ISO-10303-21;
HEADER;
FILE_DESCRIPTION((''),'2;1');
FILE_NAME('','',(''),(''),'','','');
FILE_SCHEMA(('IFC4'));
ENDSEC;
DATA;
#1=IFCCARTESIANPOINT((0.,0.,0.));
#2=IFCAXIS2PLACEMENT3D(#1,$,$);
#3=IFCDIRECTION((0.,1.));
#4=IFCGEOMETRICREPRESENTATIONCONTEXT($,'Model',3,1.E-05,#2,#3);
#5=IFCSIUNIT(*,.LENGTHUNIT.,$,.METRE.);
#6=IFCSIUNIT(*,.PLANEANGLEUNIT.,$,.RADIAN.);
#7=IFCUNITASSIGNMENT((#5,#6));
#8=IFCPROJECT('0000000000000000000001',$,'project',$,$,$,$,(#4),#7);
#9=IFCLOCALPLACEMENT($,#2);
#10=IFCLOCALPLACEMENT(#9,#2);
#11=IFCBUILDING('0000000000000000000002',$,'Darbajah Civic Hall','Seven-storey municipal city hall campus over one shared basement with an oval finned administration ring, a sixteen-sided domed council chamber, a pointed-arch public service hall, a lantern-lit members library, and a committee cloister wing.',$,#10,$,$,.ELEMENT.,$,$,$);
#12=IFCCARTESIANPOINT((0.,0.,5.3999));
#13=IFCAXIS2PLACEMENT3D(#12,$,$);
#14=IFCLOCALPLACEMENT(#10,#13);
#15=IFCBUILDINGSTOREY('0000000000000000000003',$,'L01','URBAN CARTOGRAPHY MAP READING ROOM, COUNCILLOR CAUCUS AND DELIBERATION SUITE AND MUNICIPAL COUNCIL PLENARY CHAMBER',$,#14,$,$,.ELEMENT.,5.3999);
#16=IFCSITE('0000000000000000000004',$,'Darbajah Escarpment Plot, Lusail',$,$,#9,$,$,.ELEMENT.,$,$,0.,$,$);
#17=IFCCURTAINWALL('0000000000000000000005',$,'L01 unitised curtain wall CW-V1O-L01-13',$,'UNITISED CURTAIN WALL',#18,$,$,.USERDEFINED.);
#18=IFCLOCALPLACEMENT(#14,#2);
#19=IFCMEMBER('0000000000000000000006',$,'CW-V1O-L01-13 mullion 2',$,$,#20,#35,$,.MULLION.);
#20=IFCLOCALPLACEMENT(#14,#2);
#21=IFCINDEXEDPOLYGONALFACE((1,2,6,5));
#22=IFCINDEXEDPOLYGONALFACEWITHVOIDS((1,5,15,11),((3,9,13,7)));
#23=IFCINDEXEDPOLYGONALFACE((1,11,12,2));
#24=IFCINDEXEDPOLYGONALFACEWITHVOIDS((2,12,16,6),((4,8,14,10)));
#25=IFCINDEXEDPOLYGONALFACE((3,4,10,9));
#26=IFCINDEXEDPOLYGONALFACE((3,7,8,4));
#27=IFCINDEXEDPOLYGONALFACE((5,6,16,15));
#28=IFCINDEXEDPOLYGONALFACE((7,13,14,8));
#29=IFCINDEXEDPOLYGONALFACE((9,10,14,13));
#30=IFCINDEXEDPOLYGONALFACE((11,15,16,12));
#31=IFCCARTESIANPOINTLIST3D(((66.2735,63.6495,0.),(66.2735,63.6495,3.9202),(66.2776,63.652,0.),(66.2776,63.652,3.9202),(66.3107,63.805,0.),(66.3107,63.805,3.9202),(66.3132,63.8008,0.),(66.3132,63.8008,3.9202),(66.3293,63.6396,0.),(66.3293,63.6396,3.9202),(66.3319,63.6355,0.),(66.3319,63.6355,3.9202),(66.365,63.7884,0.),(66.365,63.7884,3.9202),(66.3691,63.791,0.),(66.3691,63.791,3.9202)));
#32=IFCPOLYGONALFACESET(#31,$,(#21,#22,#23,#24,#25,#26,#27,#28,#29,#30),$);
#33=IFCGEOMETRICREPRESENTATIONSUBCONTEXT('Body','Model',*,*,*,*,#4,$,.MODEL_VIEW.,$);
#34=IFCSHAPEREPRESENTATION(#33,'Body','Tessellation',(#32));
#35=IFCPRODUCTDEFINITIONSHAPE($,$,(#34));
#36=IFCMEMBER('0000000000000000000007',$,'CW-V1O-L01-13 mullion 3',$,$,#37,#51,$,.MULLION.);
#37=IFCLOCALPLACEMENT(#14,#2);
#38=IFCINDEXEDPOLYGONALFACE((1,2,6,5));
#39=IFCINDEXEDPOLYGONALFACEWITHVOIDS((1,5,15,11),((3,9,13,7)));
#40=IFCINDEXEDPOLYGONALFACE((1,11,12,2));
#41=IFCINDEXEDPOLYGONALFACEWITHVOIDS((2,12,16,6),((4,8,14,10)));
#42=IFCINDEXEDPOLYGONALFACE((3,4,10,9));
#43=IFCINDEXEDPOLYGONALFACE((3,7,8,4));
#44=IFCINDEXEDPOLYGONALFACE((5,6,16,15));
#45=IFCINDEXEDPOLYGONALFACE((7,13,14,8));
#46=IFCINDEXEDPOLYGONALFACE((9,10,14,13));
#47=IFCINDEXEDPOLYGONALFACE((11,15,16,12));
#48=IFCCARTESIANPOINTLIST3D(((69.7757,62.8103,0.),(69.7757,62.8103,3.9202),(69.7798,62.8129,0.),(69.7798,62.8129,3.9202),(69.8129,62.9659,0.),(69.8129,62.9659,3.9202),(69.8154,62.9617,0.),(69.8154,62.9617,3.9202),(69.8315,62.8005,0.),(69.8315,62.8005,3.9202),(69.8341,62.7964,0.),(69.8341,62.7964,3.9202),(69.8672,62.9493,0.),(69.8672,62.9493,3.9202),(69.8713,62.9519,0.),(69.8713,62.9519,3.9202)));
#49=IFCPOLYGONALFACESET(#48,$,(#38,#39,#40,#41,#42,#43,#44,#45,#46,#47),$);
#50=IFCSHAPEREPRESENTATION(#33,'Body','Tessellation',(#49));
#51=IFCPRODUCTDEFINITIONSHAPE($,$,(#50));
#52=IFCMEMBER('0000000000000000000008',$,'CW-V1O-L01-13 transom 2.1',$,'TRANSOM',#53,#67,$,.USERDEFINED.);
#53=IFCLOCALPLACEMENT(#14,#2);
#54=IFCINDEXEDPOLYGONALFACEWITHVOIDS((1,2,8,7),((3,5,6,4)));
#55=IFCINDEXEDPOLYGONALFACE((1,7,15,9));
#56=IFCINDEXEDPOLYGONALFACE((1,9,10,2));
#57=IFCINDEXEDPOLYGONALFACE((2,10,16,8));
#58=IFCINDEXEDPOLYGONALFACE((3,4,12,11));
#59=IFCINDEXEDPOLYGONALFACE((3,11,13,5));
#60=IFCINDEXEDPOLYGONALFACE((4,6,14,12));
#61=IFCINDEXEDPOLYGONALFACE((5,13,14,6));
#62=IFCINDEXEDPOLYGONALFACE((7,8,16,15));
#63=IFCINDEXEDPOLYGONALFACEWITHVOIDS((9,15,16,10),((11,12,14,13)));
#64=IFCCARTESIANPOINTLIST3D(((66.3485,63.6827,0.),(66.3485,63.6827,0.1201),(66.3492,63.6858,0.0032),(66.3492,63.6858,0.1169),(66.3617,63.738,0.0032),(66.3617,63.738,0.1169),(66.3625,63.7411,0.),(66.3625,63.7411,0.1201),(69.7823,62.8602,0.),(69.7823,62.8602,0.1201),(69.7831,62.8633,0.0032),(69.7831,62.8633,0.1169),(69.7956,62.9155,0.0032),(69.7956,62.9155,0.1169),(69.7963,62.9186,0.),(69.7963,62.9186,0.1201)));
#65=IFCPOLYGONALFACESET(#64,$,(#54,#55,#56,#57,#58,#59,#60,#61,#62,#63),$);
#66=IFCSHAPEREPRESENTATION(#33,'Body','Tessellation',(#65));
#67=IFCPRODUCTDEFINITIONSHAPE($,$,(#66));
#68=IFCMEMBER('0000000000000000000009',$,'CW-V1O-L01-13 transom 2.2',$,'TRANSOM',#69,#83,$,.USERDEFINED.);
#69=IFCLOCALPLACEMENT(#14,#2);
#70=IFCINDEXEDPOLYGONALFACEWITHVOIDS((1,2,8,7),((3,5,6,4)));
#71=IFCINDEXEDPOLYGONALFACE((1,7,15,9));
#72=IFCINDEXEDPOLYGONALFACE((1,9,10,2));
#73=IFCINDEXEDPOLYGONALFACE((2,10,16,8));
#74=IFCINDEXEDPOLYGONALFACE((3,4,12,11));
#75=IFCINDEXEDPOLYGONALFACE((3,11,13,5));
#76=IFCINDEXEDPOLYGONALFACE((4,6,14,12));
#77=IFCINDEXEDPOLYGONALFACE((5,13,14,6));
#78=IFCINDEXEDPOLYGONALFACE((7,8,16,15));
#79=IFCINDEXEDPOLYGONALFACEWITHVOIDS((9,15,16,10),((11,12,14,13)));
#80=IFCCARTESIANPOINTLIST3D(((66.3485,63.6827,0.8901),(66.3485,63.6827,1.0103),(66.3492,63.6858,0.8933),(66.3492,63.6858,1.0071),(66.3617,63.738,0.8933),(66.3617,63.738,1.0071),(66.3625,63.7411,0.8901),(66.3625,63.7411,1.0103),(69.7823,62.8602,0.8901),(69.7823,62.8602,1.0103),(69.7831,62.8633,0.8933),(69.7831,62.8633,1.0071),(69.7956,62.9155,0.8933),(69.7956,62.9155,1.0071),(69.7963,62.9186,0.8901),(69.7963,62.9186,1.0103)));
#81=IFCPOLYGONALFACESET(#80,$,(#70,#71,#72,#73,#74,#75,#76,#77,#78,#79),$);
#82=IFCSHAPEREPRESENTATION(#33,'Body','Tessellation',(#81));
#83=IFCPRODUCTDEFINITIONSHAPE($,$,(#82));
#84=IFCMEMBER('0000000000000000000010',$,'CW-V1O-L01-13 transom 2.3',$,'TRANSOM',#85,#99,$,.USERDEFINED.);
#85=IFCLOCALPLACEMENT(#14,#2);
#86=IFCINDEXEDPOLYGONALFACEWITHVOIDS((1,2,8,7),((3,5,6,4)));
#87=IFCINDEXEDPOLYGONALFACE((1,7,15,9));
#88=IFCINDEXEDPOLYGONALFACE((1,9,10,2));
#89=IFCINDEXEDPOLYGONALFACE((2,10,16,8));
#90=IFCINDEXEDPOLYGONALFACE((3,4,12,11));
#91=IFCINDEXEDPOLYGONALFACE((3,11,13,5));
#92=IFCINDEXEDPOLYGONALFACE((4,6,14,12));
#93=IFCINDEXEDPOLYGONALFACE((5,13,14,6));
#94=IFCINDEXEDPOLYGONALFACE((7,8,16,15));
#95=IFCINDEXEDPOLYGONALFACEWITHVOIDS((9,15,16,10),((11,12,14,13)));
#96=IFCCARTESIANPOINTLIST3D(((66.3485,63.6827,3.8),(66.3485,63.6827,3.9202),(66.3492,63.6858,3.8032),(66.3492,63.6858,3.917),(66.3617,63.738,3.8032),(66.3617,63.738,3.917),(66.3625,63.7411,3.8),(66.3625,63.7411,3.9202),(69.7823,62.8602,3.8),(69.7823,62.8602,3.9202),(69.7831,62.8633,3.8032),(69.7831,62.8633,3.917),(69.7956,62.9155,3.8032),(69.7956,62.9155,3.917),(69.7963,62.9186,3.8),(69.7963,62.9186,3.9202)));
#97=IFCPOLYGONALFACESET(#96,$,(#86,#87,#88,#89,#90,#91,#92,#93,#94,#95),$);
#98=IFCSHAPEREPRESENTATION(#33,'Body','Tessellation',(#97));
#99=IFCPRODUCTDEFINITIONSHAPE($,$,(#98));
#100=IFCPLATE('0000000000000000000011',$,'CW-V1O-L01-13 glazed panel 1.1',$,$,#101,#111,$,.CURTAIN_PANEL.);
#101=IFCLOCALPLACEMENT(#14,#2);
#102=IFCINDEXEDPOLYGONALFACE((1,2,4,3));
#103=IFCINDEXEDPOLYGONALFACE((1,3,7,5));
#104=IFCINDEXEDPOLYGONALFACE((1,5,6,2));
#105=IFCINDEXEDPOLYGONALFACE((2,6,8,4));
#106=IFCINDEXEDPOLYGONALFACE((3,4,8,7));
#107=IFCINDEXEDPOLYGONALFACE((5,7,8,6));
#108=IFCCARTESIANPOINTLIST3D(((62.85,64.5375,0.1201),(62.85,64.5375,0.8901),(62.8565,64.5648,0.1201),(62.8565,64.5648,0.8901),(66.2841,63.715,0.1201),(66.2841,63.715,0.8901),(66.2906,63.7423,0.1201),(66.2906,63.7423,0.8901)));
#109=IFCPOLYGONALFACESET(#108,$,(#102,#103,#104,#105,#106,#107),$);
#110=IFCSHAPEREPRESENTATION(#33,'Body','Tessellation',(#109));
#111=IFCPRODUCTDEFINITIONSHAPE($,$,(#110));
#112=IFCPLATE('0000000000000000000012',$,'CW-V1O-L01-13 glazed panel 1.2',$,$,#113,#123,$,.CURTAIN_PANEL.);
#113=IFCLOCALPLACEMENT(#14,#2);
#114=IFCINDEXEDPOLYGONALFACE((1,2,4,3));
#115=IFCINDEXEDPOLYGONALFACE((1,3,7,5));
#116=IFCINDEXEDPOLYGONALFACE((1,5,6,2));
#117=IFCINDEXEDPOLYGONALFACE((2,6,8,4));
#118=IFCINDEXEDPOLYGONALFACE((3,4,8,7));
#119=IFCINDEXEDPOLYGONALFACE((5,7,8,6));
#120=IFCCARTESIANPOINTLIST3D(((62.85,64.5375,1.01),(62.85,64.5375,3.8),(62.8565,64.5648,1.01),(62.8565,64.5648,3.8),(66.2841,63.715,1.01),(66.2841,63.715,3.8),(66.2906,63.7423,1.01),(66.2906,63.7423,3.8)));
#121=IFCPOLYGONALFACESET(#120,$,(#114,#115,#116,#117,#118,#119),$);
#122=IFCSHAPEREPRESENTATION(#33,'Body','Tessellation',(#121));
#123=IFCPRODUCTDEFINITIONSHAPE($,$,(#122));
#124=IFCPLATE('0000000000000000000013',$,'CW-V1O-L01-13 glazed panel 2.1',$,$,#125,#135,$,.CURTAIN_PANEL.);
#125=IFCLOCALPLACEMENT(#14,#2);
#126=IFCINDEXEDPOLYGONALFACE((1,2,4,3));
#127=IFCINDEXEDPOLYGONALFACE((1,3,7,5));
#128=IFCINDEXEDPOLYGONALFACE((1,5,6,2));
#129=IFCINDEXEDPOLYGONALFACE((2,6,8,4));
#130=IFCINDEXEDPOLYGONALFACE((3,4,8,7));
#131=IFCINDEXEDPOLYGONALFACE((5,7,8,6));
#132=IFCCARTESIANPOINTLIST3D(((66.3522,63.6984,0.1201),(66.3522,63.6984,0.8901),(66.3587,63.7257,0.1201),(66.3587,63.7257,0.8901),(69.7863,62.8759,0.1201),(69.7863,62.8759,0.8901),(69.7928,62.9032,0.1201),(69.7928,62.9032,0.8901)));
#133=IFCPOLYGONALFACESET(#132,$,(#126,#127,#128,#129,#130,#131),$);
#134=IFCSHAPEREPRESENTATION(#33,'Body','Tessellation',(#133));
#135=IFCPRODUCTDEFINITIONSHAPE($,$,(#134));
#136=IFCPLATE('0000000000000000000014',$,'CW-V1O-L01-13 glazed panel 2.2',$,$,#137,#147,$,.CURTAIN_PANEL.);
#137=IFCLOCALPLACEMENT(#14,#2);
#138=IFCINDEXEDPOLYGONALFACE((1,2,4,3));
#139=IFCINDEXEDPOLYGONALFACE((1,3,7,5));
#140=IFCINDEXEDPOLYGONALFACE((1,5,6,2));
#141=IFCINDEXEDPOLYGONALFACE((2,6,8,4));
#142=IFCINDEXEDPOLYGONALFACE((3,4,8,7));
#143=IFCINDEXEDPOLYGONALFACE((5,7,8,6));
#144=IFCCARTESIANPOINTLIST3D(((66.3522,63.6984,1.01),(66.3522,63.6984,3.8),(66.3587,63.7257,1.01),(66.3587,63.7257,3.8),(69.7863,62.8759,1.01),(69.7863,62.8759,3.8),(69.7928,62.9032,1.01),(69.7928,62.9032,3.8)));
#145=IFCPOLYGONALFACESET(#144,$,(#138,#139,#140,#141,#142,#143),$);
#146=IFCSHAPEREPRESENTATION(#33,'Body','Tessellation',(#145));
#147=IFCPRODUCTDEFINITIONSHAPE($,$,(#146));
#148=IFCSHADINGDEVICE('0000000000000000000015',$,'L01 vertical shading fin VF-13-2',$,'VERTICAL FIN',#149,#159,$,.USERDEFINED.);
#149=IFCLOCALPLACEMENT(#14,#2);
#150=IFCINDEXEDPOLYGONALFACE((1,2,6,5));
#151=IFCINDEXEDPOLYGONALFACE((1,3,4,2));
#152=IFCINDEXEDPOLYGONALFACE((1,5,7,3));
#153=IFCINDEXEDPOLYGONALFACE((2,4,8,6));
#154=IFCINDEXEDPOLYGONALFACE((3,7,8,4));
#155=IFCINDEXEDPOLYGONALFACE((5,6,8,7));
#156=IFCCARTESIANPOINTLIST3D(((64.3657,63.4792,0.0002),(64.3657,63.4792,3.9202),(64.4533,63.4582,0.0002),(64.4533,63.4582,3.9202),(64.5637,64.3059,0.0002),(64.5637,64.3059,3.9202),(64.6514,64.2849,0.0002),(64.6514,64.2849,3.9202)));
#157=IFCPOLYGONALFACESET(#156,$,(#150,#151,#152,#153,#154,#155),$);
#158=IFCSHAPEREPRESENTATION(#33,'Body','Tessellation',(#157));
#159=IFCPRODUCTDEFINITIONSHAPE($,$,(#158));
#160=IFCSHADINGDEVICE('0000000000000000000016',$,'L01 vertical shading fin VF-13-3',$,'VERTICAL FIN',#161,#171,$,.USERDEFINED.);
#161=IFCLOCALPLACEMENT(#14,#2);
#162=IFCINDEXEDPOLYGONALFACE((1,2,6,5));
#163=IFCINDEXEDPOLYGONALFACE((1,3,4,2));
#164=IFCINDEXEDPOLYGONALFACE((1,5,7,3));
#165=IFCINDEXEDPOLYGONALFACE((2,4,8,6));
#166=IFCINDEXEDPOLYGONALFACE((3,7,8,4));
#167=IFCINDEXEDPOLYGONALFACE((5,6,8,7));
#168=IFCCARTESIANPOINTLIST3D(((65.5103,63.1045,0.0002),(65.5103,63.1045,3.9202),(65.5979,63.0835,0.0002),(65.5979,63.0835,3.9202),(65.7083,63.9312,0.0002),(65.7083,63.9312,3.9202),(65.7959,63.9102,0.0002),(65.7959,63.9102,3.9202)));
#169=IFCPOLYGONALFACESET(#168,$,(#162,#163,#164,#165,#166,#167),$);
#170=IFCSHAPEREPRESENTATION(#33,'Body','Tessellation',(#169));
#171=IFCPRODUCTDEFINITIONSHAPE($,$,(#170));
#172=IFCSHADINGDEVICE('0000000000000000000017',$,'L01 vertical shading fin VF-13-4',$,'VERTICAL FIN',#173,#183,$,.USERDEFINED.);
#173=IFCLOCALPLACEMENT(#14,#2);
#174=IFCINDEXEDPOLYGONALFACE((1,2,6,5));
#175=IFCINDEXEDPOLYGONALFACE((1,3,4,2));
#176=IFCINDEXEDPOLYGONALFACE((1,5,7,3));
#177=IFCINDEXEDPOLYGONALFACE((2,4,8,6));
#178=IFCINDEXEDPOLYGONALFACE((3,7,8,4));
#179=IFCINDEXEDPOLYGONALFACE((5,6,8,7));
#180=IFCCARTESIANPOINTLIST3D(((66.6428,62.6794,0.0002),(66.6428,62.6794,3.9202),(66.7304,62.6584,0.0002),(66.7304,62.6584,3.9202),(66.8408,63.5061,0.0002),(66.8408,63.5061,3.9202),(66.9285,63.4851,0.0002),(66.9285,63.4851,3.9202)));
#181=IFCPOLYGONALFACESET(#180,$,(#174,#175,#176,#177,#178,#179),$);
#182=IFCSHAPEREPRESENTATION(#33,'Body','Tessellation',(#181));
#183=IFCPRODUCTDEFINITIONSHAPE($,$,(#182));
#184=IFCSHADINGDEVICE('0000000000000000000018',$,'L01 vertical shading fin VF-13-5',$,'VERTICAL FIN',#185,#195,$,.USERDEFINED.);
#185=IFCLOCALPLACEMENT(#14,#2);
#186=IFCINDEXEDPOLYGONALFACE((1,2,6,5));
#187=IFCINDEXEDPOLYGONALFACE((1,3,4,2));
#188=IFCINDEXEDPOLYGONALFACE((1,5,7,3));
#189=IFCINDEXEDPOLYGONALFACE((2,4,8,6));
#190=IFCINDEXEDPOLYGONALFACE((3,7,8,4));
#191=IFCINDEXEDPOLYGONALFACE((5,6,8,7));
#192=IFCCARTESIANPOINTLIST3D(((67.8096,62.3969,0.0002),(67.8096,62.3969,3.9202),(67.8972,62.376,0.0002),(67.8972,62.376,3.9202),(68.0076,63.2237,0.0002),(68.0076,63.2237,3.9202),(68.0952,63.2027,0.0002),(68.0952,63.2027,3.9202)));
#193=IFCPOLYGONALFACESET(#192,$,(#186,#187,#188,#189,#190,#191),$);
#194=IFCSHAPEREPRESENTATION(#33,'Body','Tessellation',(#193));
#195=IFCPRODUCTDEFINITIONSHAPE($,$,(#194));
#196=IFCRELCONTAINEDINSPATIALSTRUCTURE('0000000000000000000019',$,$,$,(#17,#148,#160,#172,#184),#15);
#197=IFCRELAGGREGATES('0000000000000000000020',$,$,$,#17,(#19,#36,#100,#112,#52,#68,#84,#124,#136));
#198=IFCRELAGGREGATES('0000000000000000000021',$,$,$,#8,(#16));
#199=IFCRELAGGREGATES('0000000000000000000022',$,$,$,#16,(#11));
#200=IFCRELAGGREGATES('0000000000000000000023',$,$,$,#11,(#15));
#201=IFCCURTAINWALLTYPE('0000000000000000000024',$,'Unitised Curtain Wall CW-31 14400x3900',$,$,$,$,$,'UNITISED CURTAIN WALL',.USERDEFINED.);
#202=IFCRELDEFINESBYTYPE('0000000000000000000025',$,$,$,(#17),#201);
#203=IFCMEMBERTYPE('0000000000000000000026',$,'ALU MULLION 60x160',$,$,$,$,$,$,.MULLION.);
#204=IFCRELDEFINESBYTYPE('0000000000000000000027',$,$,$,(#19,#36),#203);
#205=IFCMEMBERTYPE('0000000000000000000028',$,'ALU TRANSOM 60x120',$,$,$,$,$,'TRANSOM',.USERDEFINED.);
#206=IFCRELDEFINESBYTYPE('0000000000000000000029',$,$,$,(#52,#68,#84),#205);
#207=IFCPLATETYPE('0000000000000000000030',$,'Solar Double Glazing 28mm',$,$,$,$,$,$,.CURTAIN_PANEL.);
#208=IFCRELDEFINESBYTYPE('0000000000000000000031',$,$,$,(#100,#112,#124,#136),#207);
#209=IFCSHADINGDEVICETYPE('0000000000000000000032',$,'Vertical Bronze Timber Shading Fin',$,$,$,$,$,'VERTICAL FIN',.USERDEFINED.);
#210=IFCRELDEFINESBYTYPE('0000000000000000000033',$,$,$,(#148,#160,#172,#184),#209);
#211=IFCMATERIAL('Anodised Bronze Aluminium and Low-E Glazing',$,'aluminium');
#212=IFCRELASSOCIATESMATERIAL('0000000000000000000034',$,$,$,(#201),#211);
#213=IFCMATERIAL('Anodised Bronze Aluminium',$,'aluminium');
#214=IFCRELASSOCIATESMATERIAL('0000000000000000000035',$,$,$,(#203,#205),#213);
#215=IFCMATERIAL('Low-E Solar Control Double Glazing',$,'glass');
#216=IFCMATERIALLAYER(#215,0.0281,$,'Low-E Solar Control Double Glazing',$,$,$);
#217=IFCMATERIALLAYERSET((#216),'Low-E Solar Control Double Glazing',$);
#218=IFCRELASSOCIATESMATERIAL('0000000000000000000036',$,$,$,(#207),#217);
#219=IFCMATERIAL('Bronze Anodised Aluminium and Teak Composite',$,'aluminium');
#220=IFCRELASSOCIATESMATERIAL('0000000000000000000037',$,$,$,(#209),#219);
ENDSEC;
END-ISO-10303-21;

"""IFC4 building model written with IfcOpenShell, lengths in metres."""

from ifc_helpers import new_model, si_unit, direction, frame, origin, origin_2d, place, context, subcontext, project, spatial, rectangle, hollow_rectangle, extrude, material, layer, layer_set, material_profile, profile_set, type_object, element, aggregate, save


model = new_model("IFC4")

# Units and contexts
model_context = context("Model", 3, precision=1e-05, world=origin(), true_north=direction((0.0, 1.0)))
body_context = subcontext(model_context, "Body", "Model", "MODEL_VIEW")
ifc_project = project(units=[si_unit("LENGTHUNIT", "METRE"), si_unit("PLANEANGLEUNIT", "RADIAN")], contexts=[model_context])

# Site, building, storey
site_placement = place(None, origin())
site = spatial("IfcSite", under=ifc_project, at=site_placement, Name="Darbajah Escarpment Plot, Lusail", CompositionType="ELEMENT", RefElevation=0.0)
building_placement = place(site_placement, origin())
building = spatial("IfcBuilding", under=site, at=building_placement, Name="Darbajah Civic Hall", Description="Seven-storey municipal city hall campus over one shared basement with an oval finned administration ring, a sixteen-sided domed council chamber, a pointed-arch public service hall, a lantern-lit members library, and a committee cloister wing.", CompositionType="ELEMENT")
storey_placement = place(building_placement, frame((0.0, 0.0, 5.3999)))
storey = spatial("IfcBuildingStorey", under=building, at=storey_placement, Name="L01", Description="URBAN CARTOGRAPHY MAP READING ROOM, COUNCILLOR CAUCUS AND DELIBERATION SUITE AND MUNICIPAL COUNCIL PLENARY CHAMBER", CompositionType="ELEMENT", Elevation=5.3999)

# Curtain wall, members, plates
ifc_material_1 = material(Name="Anodised Bronze Aluminium and Low-E Glazing", Category="aluminium")
curtain_wall_type = type_object("IfcCurtainWallType", Name="Unitised Curtain Wall CW-31 14400x3900", ElementType="UNITISED CURTAIN WALL", PredefinedType="USERDEFINED", material=ifc_material_1)
curtain_wall_placement = place(storey_placement, origin())
curtain_wall = element("IfcCurtainWall", 1, at=curtain_wall_placement, inside=storey, type_object=curtain_wall_type, Name="L01 unitised curtain wall CW-V1O-L01-13", ObjectType="UNITISED CURTAIN WALL", PredefinedType="USERDEFINED")
ifc_material_2 = material(Name="Anodised Bronze Aluminium", Category="aluminium")
ifc_material_profile_1 = material_profile(ifc_material_2, hollow_rectangle(XDim=0.0601, YDim=0.1599, WallThickness=0.0034, at=origin_2d()), Name="ALU MULLION 60x160")
ifc_profile_set_1 = profile_set([ifc_material_profile_1], Name="Anodised Bronze Aluminium")
member_type_1 = type_object("IfcMemberType", Name="ALU MULLION 60x160", PredefinedType="MULLION", material=ifc_profile_set_1)
member_1_placement = place(storey_placement, frame((66.3213, 63.7202, 0.0), z_axis=(0.0, 0.0, 1.0), x_axis=(0.972492, -0.232936, 0.0)))
member_1 = element("IfcMember", 2, at=member_1_placement, type_object=member_type_1, Name="CW-V1O-L01-13 mullion 2", PredefinedType="MULLION", context=body_context, shape_type="SweptSolid", body=[
    extrude(hollow_rectangle(XDim=0.0601, YDim=0.1599, WallThickness=0.0034, at=origin_2d()), origin(), (0.0, 0.0, 1.0), 3.9202),
])
member_2_placement = place(storey_placement, frame((69.8235, 62.8811, 0.0), z_axis=(0.0, 0.0, 1.0), x_axis=(0.972492, -0.232936, 0.0)))
member_2 = element("IfcMember", 3, at=member_2_placement, type_object=member_type_1, Name="CW-V1O-L01-13 mullion 3", PredefinedType="MULLION", context=body_context, shape_type="SweptSolid", body=[
    extrude(hollow_rectangle(XDim=0.0601, YDim=0.1599, WallThickness=0.0034, at=origin_2d()), origin(), (0.0, 0.0, 1.0), 3.9202),
])
ifc_material_profile_2 = material_profile(ifc_material_2, hollow_rectangle(XDim=0.0601, YDim=0.1201, WallThickness=0.0032, at=origin_2d()), Name="ALU TRANSOM 60x120")
ifc_profile_set_2 = profile_set([ifc_material_profile_2], Name="Anodised Bronze Aluminium")
member_type_2 = type_object("IfcMemberType", Name="ALU TRANSOM 60x120", ElementType="TRANSOM", PredefinedType="USERDEFINED", material=ifc_profile_set_2)
member_3_placement = place(storey_placement, frame((66.3555, 63.7119, 0.0601), z_axis=(0.972491, -0.232941, 0.0), x_axis=(0.232941, 0.972491, 0.0)))
member_3 = element("IfcMember", 4, at=member_3_placement, type_object=member_type_2, Name="CW-V1O-L01-13 transom 2.1", ObjectType="TRANSOM", PredefinedType="USERDEFINED", context=body_context, shape_type="SweptSolid", body=[
    extrude(hollow_rectangle(XDim=0.0601, YDim=0.1201, WallThickness=0.0032, at=origin_2d()), origin(), (0.0, 0.0, 1.0), 3.531),
])
member_4_placement = place(storey_placement, frame((66.3555, 63.7119, 0.9502), z_axis=(0.972491, -0.232941, 0.0), x_axis=(0.232941, 0.972491, 0.0)))
member_4 = element("IfcMember", 5, at=member_4_placement, type_object=member_type_2, Name="CW-V1O-L01-13 transom 2.2", ObjectType="TRANSOM", PredefinedType="USERDEFINED", context=body_context, shape_type="SweptSolid", body=[
    extrude(hollow_rectangle(XDim=0.0601, YDim=0.1201, WallThickness=0.0032, at=origin_2d()), origin(), (0.0, 0.0, 1.0), 3.531),
])
member_5_placement = place(storey_placement, frame((66.3555, 63.7119, 3.8601), z_axis=(0.972491, -0.232941, 0.0), x_axis=(0.232941, 0.972491, 0.0)))
member_5 = element("IfcMember", 6, at=member_5_placement, type_object=member_type_2, Name="CW-V1O-L01-13 transom 2.3", ObjectType="TRANSOM", PredefinedType="USERDEFINED", context=body_context, shape_type="SweptSolid", body=[
    extrude(hollow_rectangle(XDim=0.0601, YDim=0.1201, WallThickness=0.0032, at=origin_2d()), origin(), (0.0, 0.0, 1.0), 3.531),
])
ifc_material_3 = material(Name="Low-E Solar Control Double Glazing", Category="glass")
ifc_layer = layer(ifc_material_3, 0.0281, Name="Low-E Solar Control Double Glazing")
ifc_layer_set = layer_set([ifc_layer], Name="Low-E Solar Control Double Glazing")
plate_type = type_object("IfcPlateType", Name="Solar Double Glazing 28mm", PredefinedType="CURTAIN_PANEL", material=ifc_layer_set)
plate_1_placement = place(storey_placement, frame((64.5703, 64.1399, 0.1201), z_axis=(0.0, 0.0, 1.0), x_axis=(0.972492, -0.232936, 0.0)))
plate_1 = element("IfcPlate", 7, at=plate_1_placement, type_object=plate_type, Name="CW-V1O-L01-13 glazed panel 1.1", PredefinedType="CURTAIN_PANEL", context=body_context, shape_type="SweptSolid", body=[
    extrude(rectangle(XDim=3.5312, YDim=0.0281, at=origin_2d()), origin(), (0.0, 0.0, 1.0), 0.77),
])
plate_2_placement = place(storey_placement, frame((64.5703, 64.1399, 1.01), z_axis=(0.0, 0.0, 1.0), x_axis=(0.972492, -0.232936, 0.0)))
plate_2 = element("IfcPlate", 8, at=plate_2_placement, type_object=plate_type, Name="CW-V1O-L01-13 glazed panel 1.2", PredefinedType="CURTAIN_PANEL", context=body_context, shape_type="SweptSolid", body=[
    extrude(rectangle(XDim=3.5312, YDim=0.0281, at=origin_2d()), origin(), (0.0, 0.0, 1.0), 2.79),
])
plate_3_placement = place(storey_placement, frame((68.0725, 63.3008, 0.1201), z_axis=(0.0, 0.0, 1.0), x_axis=(0.972492, -0.232936, 0.0)))
plate_3 = element("IfcPlate", 9, at=plate_3_placement, type_object=plate_type, Name="CW-V1O-L01-13 glazed panel 2.1", PredefinedType="CURTAIN_PANEL", context=body_context, shape_type="SweptSolid", body=[
    extrude(rectangle(XDim=3.5312, YDim=0.0281, at=origin_2d()), origin(), (0.0, 0.0, 1.0), 0.77),
])
plate_4_placement = place(storey_placement, frame((68.0725, 63.3008, 1.01), z_axis=(0.0, 0.0, 1.0), x_axis=(0.972492, -0.232936, 0.0)))
plate_4 = element("IfcPlate", 10, at=plate_4_placement, type_object=plate_type, Name="CW-V1O-L01-13 glazed panel 2.2", PredefinedType="CURTAIN_PANEL", context=body_context, shape_type="SweptSolid", body=[
    extrude(rectangle(XDim=3.5312, YDim=0.0281, at=origin_2d()), origin(), (0.0, 0.0, 1.0), 2.79),
])
aggregate(curtain_wall, [member_1, member_2, plate_1, plate_2, member_3, member_4, member_5, plate_3, plate_4])

# Shading devices
ifc_material_4 = material(Name="Bronze Anodised Aluminium and Teak Composite", Category="aluminium")
shading_device_type = type_object("IfcShadingDeviceType", Name="Vertical Bronze Timber Shading Fin", ElementType="VERTICAL FIN", PredefinedType="USERDEFINED", material=ifc_material_4)
for number, where, z_axis, x_axis, name in (
    (11, (64.5085, 63.8821, 0.0002), (0.0, 0.0, 1.0), (-0.232936, -0.972492, 0.0), "L01 vertical shading fin VF-13-2"),
    (12, (65.6531, 63.5073, 0.0002), (0.0, 0.0, 1.0), (-0.232936, -0.972492, 0.0), "L01 vertical shading fin VF-13-3"),
    (13, (66.7856, 63.0823, 0.0002), (0.0, 0.0, 1.0), (-0.232936, -0.972492, 0.0), "L01 vertical shading fin VF-13-4"),
    (14, (67.9524, 62.7998, 0.0002), (0.0, 0.0, 1.0), (-0.232936, -0.972492, 0.0), "L01 vertical shading fin VF-13-5"),
):
    element("IfcShadingDevice", number, at=place(storey_placement, frame(where, z_axis=z_axis, x_axis=x_axis)), inside=storey, type_object=shading_device_type, Name=name, ObjectType="VERTICAL FIN", PredefinedType="USERDEFINED", context=body_context, shape_type="SweptSolid", body=[
        extrude(rectangle(XDim=0.8501, YDim=0.0901, at=origin_2d()), origin(), (0.0, 0.0, 1.0), 3.9199),
    ])

save(model, "model.ifc")
